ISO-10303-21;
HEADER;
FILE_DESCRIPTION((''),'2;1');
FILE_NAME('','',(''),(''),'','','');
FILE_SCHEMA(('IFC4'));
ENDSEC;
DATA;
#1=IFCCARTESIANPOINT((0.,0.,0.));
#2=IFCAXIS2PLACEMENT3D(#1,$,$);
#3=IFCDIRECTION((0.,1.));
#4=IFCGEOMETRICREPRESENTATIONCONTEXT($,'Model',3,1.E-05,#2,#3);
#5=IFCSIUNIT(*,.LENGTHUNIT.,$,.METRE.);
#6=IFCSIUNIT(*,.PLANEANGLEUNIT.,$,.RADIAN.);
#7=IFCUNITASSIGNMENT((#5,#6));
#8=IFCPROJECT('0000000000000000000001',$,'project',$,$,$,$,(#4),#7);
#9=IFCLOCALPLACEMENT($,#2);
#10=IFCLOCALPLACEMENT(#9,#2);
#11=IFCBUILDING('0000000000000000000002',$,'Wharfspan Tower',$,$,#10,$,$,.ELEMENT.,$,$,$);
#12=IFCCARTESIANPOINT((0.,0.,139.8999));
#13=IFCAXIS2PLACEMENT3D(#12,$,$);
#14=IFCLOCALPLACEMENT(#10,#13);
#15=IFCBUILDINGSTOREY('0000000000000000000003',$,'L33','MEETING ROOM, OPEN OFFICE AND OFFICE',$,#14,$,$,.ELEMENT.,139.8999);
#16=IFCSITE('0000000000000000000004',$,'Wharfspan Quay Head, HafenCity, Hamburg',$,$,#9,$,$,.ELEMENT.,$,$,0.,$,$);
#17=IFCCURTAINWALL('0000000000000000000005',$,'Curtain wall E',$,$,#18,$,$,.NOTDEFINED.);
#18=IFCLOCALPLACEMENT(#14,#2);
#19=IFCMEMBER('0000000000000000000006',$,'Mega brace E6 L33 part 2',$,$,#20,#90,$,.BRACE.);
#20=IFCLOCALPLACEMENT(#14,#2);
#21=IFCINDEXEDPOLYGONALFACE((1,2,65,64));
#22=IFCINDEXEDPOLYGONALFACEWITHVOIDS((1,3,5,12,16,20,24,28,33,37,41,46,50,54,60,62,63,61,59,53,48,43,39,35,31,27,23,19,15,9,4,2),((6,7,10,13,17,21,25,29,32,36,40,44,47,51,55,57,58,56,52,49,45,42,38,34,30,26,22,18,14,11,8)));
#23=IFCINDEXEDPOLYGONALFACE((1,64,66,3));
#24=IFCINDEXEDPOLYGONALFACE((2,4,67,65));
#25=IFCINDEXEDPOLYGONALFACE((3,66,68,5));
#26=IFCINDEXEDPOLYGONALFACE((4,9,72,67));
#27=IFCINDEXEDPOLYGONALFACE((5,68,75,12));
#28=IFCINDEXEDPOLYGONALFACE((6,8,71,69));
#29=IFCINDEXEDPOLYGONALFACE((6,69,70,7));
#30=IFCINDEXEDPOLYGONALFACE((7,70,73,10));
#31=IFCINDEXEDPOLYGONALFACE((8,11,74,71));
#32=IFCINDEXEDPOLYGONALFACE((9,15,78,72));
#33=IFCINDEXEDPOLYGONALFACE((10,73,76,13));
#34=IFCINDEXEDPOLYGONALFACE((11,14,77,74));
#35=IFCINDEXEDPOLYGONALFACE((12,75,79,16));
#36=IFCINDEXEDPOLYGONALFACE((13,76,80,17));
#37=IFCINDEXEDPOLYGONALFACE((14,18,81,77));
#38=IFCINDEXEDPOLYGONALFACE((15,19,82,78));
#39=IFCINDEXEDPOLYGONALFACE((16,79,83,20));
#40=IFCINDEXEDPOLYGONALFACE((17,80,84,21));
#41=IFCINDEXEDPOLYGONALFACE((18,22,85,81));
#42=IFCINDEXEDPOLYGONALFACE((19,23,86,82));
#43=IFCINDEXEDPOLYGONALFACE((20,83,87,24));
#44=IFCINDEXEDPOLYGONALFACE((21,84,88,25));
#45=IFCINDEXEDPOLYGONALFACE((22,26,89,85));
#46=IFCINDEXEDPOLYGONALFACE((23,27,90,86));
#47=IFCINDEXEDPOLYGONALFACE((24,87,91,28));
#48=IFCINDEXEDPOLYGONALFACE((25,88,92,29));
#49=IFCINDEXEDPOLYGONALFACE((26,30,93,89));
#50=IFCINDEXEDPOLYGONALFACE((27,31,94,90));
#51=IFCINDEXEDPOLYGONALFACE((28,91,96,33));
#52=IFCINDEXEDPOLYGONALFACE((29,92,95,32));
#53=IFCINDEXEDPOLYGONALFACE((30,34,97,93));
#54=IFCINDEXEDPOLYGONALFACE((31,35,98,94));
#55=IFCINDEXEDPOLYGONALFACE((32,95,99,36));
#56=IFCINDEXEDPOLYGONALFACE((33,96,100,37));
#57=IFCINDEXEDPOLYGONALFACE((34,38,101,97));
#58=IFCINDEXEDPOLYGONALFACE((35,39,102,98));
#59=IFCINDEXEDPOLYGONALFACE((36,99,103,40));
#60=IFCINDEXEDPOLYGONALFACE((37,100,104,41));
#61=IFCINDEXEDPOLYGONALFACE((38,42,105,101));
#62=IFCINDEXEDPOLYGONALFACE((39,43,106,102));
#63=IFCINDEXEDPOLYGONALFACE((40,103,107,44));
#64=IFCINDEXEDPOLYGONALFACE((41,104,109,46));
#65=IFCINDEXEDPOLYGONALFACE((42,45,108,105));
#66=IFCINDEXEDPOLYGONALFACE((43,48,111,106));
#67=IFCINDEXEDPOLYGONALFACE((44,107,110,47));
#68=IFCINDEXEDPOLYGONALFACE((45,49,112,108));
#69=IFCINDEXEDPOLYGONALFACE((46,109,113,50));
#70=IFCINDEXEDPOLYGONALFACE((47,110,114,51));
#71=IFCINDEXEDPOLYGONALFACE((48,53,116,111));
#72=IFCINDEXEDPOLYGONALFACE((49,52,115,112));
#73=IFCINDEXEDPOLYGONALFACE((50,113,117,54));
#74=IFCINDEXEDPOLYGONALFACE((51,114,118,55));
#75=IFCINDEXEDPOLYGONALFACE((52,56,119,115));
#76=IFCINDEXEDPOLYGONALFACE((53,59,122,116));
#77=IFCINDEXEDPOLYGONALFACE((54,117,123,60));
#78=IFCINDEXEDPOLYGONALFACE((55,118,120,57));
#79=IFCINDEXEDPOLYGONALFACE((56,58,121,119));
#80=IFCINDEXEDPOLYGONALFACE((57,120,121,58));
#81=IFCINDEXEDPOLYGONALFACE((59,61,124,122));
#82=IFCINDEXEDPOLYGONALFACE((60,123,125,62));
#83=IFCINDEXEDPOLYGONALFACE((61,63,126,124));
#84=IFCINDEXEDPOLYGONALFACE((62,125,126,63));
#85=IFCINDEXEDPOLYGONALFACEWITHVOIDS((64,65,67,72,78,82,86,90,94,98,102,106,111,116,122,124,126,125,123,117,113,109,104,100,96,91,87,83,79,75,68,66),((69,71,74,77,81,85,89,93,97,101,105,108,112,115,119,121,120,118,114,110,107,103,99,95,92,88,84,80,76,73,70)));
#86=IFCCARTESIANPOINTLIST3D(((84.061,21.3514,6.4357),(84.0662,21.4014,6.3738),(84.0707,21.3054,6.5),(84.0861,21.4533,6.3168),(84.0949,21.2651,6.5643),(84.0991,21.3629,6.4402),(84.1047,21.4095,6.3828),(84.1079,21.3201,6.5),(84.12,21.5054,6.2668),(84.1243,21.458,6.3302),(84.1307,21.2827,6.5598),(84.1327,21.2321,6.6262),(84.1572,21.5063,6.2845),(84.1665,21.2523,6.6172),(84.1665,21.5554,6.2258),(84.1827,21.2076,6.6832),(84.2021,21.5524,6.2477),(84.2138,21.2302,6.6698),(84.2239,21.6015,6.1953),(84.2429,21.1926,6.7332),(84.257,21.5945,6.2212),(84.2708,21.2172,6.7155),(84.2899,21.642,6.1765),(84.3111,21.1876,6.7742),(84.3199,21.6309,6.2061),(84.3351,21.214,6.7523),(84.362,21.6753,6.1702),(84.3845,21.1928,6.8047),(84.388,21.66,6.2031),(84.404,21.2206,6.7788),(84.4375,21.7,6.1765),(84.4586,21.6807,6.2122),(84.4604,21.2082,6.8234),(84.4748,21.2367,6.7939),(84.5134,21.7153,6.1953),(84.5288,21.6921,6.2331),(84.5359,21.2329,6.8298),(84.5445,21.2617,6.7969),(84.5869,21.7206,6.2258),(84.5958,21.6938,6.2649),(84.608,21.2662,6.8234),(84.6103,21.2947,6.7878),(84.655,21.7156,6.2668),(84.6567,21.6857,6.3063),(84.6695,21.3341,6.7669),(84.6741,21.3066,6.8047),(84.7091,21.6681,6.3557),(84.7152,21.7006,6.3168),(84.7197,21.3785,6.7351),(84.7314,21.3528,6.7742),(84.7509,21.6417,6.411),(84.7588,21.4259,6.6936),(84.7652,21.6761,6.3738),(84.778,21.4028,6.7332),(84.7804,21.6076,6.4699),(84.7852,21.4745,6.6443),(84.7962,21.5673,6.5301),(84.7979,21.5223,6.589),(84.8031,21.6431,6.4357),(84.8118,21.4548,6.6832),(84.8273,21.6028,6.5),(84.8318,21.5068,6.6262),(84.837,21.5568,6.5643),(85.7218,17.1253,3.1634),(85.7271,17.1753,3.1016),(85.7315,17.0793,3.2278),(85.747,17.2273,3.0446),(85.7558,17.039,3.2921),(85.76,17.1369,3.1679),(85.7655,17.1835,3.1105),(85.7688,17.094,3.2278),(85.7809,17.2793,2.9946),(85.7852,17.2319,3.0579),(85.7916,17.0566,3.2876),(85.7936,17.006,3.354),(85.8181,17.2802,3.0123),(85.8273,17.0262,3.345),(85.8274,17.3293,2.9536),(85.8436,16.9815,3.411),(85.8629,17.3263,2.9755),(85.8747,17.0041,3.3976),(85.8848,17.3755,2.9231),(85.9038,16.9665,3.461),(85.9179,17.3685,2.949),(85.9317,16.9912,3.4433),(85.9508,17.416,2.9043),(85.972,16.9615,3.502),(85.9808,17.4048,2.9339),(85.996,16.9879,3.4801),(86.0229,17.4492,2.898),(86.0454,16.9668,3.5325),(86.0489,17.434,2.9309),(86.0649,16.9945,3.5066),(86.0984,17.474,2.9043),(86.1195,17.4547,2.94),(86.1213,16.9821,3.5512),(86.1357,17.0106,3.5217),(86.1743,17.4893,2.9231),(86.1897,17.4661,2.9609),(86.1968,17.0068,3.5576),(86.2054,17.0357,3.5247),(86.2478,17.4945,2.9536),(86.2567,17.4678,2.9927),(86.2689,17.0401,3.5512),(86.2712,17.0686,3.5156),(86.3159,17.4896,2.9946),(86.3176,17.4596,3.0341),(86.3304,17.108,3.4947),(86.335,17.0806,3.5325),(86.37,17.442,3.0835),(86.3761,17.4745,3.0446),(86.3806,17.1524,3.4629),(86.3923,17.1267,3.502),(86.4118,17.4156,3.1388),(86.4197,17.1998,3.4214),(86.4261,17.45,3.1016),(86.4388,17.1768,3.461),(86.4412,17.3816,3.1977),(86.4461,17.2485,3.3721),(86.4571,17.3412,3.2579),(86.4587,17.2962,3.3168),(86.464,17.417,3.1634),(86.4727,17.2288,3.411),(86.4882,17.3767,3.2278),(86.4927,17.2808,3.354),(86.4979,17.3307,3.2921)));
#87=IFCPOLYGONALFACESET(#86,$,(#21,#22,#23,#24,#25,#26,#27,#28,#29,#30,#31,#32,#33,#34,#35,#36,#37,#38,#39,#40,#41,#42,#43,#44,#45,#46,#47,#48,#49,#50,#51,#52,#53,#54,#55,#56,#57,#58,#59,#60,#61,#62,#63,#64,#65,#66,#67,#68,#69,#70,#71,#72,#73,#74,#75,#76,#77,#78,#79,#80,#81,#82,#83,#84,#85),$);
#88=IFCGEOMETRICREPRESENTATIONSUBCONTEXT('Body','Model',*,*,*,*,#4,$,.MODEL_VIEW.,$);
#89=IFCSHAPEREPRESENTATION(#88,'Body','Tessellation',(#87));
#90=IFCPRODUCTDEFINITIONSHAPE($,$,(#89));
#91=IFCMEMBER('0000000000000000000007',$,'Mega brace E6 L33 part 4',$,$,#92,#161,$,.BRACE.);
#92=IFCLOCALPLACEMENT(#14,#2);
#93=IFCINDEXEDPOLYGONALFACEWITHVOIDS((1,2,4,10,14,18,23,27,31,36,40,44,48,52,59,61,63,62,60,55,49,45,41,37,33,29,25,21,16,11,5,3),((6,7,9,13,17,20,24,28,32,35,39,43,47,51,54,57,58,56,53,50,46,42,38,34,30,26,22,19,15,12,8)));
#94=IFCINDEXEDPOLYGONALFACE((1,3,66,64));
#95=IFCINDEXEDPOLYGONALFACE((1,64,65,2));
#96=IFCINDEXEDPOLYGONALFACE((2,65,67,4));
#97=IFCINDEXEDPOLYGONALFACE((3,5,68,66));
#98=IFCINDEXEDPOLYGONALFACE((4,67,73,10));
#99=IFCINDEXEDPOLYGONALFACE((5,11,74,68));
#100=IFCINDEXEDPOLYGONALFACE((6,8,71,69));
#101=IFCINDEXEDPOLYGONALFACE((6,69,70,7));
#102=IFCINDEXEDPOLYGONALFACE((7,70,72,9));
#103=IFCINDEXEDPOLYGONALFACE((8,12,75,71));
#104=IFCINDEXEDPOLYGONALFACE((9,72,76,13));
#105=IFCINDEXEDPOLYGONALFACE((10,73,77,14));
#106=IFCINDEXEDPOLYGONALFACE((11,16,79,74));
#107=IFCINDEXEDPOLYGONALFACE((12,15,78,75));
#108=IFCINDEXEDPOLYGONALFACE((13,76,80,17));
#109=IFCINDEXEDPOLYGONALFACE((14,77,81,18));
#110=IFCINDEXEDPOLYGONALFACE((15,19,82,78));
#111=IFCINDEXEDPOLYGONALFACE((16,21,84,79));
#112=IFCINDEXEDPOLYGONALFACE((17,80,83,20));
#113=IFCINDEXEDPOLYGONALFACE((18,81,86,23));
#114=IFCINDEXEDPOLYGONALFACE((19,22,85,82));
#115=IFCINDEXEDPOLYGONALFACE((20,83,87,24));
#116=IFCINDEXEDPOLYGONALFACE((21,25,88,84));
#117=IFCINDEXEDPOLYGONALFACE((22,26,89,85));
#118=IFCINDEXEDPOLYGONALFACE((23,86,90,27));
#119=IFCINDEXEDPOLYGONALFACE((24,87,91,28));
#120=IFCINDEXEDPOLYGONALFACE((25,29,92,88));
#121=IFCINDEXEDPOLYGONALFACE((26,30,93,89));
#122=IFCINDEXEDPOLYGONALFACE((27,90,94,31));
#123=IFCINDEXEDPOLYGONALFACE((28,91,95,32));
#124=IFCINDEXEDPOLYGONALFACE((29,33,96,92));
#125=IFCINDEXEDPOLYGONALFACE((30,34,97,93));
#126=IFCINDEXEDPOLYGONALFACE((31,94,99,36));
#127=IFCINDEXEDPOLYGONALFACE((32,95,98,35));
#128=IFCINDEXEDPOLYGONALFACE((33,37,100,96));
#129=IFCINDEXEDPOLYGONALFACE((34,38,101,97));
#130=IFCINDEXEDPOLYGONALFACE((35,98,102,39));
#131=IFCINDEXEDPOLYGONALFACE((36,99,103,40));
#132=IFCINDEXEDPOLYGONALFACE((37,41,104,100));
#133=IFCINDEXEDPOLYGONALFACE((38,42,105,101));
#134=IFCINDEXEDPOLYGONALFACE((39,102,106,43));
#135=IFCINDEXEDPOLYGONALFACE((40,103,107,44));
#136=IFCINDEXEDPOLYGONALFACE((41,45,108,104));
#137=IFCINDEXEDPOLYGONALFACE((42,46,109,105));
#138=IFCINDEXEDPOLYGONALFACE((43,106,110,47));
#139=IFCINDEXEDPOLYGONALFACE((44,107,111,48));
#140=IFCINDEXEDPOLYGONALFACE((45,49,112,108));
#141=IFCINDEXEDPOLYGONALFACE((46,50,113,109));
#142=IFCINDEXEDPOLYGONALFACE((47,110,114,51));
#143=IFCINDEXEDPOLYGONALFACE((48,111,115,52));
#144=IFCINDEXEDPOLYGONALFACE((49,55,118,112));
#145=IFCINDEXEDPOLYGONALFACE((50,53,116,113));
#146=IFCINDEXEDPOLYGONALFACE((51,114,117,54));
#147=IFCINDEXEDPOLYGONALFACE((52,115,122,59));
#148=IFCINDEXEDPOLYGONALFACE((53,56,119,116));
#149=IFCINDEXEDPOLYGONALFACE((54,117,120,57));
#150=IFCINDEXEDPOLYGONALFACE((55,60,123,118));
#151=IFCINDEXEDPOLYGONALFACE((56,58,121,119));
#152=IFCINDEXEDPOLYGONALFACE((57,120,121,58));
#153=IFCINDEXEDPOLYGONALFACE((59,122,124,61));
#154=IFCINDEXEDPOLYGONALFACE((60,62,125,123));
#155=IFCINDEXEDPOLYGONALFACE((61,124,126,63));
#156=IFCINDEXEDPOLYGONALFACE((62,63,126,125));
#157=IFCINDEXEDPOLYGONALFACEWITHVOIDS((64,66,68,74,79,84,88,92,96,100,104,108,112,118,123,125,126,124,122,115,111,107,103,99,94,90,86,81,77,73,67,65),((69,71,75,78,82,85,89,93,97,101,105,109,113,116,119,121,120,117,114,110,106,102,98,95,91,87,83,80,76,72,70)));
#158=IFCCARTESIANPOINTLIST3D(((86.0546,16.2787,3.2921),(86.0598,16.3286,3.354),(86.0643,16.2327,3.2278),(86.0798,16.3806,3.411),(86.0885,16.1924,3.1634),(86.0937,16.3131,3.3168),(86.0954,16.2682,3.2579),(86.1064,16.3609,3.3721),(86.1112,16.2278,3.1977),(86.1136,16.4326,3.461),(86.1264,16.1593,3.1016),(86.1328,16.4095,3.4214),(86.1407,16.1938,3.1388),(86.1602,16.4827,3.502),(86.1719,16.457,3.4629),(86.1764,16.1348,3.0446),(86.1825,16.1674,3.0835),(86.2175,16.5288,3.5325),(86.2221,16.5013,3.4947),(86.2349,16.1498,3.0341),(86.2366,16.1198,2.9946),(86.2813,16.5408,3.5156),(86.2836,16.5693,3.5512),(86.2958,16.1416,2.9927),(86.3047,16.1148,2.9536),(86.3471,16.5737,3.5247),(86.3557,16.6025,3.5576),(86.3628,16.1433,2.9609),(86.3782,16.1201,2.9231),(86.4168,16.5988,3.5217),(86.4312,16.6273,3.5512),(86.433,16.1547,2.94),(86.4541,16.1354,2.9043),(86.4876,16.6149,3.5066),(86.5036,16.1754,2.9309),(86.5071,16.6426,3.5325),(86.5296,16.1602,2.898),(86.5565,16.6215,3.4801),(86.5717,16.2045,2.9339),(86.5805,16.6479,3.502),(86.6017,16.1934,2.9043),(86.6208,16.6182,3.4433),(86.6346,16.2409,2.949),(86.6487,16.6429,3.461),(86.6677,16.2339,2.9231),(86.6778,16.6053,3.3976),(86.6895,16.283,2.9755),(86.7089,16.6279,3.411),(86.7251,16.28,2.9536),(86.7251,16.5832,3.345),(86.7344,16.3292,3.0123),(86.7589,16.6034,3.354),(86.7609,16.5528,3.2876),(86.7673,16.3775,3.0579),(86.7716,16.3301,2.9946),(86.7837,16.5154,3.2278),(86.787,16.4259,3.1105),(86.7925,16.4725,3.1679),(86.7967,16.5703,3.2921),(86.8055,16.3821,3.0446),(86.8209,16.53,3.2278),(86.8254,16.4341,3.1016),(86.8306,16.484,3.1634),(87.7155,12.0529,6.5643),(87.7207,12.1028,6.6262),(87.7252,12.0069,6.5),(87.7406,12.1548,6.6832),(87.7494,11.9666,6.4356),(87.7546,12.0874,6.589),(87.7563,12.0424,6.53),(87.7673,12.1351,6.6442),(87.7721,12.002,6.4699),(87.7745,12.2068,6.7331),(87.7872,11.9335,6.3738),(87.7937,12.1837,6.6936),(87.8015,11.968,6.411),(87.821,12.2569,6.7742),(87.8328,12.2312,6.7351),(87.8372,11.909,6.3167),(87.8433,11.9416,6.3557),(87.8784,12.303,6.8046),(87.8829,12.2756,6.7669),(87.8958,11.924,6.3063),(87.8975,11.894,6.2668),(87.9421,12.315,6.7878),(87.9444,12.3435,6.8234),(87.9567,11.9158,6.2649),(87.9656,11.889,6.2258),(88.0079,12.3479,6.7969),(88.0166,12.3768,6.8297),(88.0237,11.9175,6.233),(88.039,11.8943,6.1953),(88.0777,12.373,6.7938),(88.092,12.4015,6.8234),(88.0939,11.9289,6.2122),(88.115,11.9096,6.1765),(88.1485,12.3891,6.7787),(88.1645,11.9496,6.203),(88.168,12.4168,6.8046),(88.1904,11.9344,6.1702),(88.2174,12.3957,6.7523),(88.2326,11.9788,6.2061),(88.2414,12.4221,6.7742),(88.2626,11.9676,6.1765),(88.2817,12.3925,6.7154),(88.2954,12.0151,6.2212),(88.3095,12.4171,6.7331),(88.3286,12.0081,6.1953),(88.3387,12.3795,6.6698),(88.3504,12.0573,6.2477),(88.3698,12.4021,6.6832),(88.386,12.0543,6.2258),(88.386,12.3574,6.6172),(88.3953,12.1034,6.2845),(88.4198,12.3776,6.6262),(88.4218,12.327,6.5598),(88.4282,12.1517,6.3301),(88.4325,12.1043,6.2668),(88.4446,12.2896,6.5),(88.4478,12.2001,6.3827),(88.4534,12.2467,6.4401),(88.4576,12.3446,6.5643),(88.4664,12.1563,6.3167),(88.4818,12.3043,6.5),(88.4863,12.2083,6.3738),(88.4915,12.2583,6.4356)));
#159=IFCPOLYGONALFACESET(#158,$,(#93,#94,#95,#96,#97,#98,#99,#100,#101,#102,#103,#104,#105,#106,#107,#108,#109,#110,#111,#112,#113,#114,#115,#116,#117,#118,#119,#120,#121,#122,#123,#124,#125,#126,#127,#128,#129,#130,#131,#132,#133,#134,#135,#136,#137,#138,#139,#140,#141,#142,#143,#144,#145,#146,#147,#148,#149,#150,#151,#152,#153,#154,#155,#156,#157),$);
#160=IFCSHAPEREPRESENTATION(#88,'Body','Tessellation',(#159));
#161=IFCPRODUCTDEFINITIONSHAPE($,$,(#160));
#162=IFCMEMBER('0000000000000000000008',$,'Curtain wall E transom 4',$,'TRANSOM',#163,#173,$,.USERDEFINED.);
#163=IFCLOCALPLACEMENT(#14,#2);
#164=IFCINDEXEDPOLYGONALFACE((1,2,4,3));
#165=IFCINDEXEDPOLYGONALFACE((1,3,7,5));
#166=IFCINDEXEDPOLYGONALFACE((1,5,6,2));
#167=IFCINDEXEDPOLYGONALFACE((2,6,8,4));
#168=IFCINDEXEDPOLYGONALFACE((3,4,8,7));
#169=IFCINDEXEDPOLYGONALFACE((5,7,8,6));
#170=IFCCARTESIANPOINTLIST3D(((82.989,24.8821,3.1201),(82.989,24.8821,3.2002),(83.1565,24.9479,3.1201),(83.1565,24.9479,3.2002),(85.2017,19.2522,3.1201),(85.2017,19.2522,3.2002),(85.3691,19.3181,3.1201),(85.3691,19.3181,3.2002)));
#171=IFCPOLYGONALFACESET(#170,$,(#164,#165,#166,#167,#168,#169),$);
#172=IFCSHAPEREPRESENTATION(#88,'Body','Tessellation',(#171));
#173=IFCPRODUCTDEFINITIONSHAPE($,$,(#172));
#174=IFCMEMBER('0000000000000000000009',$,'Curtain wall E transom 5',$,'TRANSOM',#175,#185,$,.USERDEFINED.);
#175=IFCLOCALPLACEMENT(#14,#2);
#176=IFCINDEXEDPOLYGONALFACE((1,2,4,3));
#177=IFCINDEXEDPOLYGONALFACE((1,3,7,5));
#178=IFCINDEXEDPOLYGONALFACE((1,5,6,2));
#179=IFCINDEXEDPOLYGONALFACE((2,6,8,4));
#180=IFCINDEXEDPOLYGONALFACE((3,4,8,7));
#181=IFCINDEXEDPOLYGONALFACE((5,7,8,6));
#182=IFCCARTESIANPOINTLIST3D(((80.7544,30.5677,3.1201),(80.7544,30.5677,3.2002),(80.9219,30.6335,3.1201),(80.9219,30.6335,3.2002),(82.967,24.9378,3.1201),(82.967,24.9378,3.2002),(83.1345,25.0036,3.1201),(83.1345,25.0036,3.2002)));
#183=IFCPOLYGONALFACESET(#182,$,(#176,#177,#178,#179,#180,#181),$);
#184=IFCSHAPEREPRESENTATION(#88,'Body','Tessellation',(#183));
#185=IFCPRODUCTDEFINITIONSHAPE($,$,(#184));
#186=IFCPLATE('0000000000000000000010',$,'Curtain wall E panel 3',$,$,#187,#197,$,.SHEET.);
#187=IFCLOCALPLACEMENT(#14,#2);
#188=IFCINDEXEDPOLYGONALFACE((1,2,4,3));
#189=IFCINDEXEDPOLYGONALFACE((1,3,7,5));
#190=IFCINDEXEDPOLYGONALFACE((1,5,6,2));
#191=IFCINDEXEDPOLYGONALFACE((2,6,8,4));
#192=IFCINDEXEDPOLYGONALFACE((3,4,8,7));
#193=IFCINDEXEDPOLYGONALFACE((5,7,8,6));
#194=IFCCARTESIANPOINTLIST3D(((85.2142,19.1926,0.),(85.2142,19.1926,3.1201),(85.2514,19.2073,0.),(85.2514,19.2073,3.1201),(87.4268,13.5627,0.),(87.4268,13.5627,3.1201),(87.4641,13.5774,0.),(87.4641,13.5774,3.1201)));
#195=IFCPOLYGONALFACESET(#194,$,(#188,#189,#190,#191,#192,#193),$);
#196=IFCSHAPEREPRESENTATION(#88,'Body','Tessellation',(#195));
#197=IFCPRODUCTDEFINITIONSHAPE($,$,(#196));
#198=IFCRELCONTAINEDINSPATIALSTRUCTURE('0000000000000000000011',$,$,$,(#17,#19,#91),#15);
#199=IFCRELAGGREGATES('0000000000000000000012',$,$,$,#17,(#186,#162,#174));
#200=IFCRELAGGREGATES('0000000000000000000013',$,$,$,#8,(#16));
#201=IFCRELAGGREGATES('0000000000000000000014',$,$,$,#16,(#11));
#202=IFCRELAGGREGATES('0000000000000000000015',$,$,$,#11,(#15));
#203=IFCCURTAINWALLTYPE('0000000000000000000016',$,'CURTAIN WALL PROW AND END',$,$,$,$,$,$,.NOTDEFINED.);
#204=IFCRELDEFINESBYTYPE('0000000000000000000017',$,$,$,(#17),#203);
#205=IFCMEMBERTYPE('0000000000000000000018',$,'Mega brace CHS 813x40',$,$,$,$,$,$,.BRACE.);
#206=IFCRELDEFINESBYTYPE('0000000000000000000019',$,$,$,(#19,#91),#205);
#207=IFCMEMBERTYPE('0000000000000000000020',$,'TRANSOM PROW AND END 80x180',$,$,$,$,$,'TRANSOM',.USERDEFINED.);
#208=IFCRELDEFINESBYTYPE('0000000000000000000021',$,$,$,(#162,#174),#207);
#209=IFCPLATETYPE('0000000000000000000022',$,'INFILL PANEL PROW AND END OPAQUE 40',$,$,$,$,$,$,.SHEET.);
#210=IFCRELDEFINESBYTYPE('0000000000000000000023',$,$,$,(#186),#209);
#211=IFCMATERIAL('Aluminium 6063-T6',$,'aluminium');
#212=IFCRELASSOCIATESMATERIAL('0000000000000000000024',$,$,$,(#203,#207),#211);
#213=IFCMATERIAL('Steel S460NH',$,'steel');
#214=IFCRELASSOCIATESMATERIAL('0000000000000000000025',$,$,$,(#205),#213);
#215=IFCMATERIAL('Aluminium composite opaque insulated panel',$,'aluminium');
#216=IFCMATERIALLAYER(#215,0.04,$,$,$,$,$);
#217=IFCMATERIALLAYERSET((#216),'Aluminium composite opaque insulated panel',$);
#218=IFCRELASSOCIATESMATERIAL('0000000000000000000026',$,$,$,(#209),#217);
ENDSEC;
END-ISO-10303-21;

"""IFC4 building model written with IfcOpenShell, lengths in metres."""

from ifc_helpers import new_model, si_unit, direction, frame, origin, origin_2d, place, context, subcontext, project, spatial, rectangle, hollow_circle, extrude, material, layer, layer_set, material_profile, profile_set, type_object, element, aggregate, save


model = new_model("IFC4")

# Units and contexts
model_context = context("Model", 3, precision=1e-05, world=origin(), true_north=direction((0.0, 1.0)))
body_context = subcontext(model_context, "Body", "Model", "MODEL_VIEW")
ifc_project = project(units=[si_unit("LENGTHUNIT", "METRE"), si_unit("PLANEANGLEUNIT", "RADIAN")], contexts=[model_context])

# Site, building, storey
site_placement = place(None, origin())
site = spatial("IfcSite", under=ifc_project, at=site_placement, Name="Wharfspan Quay Head, HafenCity, Hamburg", CompositionType="ELEMENT", RefElevation=0.0)
building_placement = place(site_placement, origin())
building = spatial("IfcBuilding", under=site, at=building_placement, Name="Wharfspan Tower", CompositionType="ELEMENT")
storey_placement = place(building_placement, frame((0.0, 0.0, 139.8999)))
storey = spatial("IfcBuildingStorey", under=building, at=storey_placement, Name="L33", Description="MEETING ROOM, OPEN OFFICE AND OFFICE", CompositionType="ELEMENT", Elevation=139.8999)

# Curtain wall
ifc_material_1 = material(Name="Aluminium 6063-T6", Category="aluminium")
curtain_wall_type = type_object("IfcCurtainWallType", Name="CURTAIN WALL PROW AND END", PredefinedType="NOTDEFINED", material=ifc_material_1)
curtain_wall_placement = place(storey_placement, origin())
curtain_wall = element("IfcCurtainWall", 1, at=curtain_wall_placement, inside=storey, type_object=curtain_wall_type, Name="Curtain wall E", PredefinedType="NOTDEFINED")

# Members
ifc_material_2 = material(Name="Steel S460NH", Category="steel")
ifc_material_profile_1 = material_profile(ifc_material_2, hollow_circle(Radius=0.4065, WallThickness=0.04, at=origin_2d()))
ifc_profile_set_1 = profile_set([ifc_material_profile_1], Name="Steel S460NH")
member_type_1 = type_object("IfcMemberType", Name="Mega brace CHS 813x40", PredefinedType="BRACE", material=ifc_profile_set_1)
member_1_placement = place(storey_placement, frame((86.1099, 17.228, 3.2278), z_axis=(-0.29675, 0.75507, 0.584645), x_axis=(-0.930704, -0.365779, 0.000004)))
element("IfcMember", 2, at=member_1_placement, inside=storey, type_object=member_type_1, Name="Mega brace E6 L33 part 2", PredefinedType="BRACE", context=body_context, shape_type="SweptSolid", body=[
    extrude(hollow_circle(Radius=0.4065, WallThickness=0.04, at=origin_2d()), origin(), (0.0, 0.0, 1.0), 5.5969),
])
member_2_placement = place(storey_placement, frame((86.4426, 16.3813, 3.2278), z_axis=(0.29676, -0.755051, 0.584664), x_axis=(0.930695, 0.365797, 0.000004)))
element("IfcMember", 3, at=member_2_placement, inside=storey, type_object=member_type_1, Name="Mega brace E6 L33 part 4", PredefinedType="BRACE", context=body_context, shape_type="SweptSolid", body=[
    extrude(hollow_circle(Radius=0.4065, WallThickness=0.04, at=origin_2d()), origin(), (0.0, 0.0, 1.0), 5.5967),
])

# Members
ifc_material_profile_2 = material_profile(ifc_material_1, rectangle(XDim=0.1799, YDim=0.0801, at=origin_2d()))
ifc_profile_set_2 = profile_set([ifc_material_profile_2], Name="Aluminium 6063-T6")
member_type_2 = type_object("IfcMemberType", Name="TRANSOM PROW AND END 80x180", ElementType="TRANSOM", PredefinedType="USERDEFINED", material=ifc_profile_set_2)
member_3_placement = place(storey_placement, frame((85.2854, 19.2852, 3.1602), z_axis=(-0.365782, 0.9307, 0.0), x_axis=(-0.9307, -0.365782, 0.0)))
member_3 = element("IfcMember", 4, at=member_3_placement, type_object=member_type_2, Name="Curtain wall E transom 4", ObjectType="TRANSOM", PredefinedType="USERDEFINED", context=body_context, shape_type="SweptSolid", body=[
    extrude(rectangle(XDim=0.1799, YDim=0.0801, at=origin_2d()), origin(), (0.0, 0.0, 1.0), 6.0491),
])
member_4_placement = place(storey_placement, frame((83.0508, 24.9707, 3.1602), z_axis=(-0.365782, 0.9307, 0.0), x_axis=(-0.9307, -0.365782, 0.0)))
member_4 = element("IfcMember", 5, at=member_4_placement, type_object=member_type_2, Name="Curtain wall E transom 5", ObjectType="TRANSOM", PredefinedType="USERDEFINED", context=body_context, shape_type="SweptSolid", body=[
    extrude(rectangle(XDim=0.1799, YDim=0.0801, at=origin_2d()), origin(), (0.0, 0.0, 1.0), 6.0491),
])

# Plate
ifc_material_3 = material(Name="Aluminium composite opaque insulated panel", Category="aluminium")
ifc_layer_1 = layer(ifc_material_3, 0.04)
ifc_layer_set_1 = layer_set([ifc_layer_1], Name="Aluminium composite opaque insulated panel")
plate_type = type_object("IfcPlateType", Name="INFILL PANEL PROW AND END OPAQUE 40", PredefinedType="SHEET", material=ifc_layer_set_1)
plate_1_placement = place(storey_placement, frame((86.3391, 16.385, 0.0), z_axis=(0.0, 0.0, 1.0), x_axis=(-0.365778, 0.930702, 0.0)))
plate_1 = element("IfcPlate", 6, at=plate_1_placement, type_object=plate_type, Name="Curtain wall E panel 3", PredefinedType="SHEET", context=body_context, shape_type="SweptSolid", body=[
    extrude(rectangle(XDim=6.0491, YDim=0.04, at=origin_2d()), origin(), (0.0, 0.0, 1.0), 3.1201),
])
aggregate(curtain_wall, [plate_1, member_3, member_4])

save(model, "model.ifc")
